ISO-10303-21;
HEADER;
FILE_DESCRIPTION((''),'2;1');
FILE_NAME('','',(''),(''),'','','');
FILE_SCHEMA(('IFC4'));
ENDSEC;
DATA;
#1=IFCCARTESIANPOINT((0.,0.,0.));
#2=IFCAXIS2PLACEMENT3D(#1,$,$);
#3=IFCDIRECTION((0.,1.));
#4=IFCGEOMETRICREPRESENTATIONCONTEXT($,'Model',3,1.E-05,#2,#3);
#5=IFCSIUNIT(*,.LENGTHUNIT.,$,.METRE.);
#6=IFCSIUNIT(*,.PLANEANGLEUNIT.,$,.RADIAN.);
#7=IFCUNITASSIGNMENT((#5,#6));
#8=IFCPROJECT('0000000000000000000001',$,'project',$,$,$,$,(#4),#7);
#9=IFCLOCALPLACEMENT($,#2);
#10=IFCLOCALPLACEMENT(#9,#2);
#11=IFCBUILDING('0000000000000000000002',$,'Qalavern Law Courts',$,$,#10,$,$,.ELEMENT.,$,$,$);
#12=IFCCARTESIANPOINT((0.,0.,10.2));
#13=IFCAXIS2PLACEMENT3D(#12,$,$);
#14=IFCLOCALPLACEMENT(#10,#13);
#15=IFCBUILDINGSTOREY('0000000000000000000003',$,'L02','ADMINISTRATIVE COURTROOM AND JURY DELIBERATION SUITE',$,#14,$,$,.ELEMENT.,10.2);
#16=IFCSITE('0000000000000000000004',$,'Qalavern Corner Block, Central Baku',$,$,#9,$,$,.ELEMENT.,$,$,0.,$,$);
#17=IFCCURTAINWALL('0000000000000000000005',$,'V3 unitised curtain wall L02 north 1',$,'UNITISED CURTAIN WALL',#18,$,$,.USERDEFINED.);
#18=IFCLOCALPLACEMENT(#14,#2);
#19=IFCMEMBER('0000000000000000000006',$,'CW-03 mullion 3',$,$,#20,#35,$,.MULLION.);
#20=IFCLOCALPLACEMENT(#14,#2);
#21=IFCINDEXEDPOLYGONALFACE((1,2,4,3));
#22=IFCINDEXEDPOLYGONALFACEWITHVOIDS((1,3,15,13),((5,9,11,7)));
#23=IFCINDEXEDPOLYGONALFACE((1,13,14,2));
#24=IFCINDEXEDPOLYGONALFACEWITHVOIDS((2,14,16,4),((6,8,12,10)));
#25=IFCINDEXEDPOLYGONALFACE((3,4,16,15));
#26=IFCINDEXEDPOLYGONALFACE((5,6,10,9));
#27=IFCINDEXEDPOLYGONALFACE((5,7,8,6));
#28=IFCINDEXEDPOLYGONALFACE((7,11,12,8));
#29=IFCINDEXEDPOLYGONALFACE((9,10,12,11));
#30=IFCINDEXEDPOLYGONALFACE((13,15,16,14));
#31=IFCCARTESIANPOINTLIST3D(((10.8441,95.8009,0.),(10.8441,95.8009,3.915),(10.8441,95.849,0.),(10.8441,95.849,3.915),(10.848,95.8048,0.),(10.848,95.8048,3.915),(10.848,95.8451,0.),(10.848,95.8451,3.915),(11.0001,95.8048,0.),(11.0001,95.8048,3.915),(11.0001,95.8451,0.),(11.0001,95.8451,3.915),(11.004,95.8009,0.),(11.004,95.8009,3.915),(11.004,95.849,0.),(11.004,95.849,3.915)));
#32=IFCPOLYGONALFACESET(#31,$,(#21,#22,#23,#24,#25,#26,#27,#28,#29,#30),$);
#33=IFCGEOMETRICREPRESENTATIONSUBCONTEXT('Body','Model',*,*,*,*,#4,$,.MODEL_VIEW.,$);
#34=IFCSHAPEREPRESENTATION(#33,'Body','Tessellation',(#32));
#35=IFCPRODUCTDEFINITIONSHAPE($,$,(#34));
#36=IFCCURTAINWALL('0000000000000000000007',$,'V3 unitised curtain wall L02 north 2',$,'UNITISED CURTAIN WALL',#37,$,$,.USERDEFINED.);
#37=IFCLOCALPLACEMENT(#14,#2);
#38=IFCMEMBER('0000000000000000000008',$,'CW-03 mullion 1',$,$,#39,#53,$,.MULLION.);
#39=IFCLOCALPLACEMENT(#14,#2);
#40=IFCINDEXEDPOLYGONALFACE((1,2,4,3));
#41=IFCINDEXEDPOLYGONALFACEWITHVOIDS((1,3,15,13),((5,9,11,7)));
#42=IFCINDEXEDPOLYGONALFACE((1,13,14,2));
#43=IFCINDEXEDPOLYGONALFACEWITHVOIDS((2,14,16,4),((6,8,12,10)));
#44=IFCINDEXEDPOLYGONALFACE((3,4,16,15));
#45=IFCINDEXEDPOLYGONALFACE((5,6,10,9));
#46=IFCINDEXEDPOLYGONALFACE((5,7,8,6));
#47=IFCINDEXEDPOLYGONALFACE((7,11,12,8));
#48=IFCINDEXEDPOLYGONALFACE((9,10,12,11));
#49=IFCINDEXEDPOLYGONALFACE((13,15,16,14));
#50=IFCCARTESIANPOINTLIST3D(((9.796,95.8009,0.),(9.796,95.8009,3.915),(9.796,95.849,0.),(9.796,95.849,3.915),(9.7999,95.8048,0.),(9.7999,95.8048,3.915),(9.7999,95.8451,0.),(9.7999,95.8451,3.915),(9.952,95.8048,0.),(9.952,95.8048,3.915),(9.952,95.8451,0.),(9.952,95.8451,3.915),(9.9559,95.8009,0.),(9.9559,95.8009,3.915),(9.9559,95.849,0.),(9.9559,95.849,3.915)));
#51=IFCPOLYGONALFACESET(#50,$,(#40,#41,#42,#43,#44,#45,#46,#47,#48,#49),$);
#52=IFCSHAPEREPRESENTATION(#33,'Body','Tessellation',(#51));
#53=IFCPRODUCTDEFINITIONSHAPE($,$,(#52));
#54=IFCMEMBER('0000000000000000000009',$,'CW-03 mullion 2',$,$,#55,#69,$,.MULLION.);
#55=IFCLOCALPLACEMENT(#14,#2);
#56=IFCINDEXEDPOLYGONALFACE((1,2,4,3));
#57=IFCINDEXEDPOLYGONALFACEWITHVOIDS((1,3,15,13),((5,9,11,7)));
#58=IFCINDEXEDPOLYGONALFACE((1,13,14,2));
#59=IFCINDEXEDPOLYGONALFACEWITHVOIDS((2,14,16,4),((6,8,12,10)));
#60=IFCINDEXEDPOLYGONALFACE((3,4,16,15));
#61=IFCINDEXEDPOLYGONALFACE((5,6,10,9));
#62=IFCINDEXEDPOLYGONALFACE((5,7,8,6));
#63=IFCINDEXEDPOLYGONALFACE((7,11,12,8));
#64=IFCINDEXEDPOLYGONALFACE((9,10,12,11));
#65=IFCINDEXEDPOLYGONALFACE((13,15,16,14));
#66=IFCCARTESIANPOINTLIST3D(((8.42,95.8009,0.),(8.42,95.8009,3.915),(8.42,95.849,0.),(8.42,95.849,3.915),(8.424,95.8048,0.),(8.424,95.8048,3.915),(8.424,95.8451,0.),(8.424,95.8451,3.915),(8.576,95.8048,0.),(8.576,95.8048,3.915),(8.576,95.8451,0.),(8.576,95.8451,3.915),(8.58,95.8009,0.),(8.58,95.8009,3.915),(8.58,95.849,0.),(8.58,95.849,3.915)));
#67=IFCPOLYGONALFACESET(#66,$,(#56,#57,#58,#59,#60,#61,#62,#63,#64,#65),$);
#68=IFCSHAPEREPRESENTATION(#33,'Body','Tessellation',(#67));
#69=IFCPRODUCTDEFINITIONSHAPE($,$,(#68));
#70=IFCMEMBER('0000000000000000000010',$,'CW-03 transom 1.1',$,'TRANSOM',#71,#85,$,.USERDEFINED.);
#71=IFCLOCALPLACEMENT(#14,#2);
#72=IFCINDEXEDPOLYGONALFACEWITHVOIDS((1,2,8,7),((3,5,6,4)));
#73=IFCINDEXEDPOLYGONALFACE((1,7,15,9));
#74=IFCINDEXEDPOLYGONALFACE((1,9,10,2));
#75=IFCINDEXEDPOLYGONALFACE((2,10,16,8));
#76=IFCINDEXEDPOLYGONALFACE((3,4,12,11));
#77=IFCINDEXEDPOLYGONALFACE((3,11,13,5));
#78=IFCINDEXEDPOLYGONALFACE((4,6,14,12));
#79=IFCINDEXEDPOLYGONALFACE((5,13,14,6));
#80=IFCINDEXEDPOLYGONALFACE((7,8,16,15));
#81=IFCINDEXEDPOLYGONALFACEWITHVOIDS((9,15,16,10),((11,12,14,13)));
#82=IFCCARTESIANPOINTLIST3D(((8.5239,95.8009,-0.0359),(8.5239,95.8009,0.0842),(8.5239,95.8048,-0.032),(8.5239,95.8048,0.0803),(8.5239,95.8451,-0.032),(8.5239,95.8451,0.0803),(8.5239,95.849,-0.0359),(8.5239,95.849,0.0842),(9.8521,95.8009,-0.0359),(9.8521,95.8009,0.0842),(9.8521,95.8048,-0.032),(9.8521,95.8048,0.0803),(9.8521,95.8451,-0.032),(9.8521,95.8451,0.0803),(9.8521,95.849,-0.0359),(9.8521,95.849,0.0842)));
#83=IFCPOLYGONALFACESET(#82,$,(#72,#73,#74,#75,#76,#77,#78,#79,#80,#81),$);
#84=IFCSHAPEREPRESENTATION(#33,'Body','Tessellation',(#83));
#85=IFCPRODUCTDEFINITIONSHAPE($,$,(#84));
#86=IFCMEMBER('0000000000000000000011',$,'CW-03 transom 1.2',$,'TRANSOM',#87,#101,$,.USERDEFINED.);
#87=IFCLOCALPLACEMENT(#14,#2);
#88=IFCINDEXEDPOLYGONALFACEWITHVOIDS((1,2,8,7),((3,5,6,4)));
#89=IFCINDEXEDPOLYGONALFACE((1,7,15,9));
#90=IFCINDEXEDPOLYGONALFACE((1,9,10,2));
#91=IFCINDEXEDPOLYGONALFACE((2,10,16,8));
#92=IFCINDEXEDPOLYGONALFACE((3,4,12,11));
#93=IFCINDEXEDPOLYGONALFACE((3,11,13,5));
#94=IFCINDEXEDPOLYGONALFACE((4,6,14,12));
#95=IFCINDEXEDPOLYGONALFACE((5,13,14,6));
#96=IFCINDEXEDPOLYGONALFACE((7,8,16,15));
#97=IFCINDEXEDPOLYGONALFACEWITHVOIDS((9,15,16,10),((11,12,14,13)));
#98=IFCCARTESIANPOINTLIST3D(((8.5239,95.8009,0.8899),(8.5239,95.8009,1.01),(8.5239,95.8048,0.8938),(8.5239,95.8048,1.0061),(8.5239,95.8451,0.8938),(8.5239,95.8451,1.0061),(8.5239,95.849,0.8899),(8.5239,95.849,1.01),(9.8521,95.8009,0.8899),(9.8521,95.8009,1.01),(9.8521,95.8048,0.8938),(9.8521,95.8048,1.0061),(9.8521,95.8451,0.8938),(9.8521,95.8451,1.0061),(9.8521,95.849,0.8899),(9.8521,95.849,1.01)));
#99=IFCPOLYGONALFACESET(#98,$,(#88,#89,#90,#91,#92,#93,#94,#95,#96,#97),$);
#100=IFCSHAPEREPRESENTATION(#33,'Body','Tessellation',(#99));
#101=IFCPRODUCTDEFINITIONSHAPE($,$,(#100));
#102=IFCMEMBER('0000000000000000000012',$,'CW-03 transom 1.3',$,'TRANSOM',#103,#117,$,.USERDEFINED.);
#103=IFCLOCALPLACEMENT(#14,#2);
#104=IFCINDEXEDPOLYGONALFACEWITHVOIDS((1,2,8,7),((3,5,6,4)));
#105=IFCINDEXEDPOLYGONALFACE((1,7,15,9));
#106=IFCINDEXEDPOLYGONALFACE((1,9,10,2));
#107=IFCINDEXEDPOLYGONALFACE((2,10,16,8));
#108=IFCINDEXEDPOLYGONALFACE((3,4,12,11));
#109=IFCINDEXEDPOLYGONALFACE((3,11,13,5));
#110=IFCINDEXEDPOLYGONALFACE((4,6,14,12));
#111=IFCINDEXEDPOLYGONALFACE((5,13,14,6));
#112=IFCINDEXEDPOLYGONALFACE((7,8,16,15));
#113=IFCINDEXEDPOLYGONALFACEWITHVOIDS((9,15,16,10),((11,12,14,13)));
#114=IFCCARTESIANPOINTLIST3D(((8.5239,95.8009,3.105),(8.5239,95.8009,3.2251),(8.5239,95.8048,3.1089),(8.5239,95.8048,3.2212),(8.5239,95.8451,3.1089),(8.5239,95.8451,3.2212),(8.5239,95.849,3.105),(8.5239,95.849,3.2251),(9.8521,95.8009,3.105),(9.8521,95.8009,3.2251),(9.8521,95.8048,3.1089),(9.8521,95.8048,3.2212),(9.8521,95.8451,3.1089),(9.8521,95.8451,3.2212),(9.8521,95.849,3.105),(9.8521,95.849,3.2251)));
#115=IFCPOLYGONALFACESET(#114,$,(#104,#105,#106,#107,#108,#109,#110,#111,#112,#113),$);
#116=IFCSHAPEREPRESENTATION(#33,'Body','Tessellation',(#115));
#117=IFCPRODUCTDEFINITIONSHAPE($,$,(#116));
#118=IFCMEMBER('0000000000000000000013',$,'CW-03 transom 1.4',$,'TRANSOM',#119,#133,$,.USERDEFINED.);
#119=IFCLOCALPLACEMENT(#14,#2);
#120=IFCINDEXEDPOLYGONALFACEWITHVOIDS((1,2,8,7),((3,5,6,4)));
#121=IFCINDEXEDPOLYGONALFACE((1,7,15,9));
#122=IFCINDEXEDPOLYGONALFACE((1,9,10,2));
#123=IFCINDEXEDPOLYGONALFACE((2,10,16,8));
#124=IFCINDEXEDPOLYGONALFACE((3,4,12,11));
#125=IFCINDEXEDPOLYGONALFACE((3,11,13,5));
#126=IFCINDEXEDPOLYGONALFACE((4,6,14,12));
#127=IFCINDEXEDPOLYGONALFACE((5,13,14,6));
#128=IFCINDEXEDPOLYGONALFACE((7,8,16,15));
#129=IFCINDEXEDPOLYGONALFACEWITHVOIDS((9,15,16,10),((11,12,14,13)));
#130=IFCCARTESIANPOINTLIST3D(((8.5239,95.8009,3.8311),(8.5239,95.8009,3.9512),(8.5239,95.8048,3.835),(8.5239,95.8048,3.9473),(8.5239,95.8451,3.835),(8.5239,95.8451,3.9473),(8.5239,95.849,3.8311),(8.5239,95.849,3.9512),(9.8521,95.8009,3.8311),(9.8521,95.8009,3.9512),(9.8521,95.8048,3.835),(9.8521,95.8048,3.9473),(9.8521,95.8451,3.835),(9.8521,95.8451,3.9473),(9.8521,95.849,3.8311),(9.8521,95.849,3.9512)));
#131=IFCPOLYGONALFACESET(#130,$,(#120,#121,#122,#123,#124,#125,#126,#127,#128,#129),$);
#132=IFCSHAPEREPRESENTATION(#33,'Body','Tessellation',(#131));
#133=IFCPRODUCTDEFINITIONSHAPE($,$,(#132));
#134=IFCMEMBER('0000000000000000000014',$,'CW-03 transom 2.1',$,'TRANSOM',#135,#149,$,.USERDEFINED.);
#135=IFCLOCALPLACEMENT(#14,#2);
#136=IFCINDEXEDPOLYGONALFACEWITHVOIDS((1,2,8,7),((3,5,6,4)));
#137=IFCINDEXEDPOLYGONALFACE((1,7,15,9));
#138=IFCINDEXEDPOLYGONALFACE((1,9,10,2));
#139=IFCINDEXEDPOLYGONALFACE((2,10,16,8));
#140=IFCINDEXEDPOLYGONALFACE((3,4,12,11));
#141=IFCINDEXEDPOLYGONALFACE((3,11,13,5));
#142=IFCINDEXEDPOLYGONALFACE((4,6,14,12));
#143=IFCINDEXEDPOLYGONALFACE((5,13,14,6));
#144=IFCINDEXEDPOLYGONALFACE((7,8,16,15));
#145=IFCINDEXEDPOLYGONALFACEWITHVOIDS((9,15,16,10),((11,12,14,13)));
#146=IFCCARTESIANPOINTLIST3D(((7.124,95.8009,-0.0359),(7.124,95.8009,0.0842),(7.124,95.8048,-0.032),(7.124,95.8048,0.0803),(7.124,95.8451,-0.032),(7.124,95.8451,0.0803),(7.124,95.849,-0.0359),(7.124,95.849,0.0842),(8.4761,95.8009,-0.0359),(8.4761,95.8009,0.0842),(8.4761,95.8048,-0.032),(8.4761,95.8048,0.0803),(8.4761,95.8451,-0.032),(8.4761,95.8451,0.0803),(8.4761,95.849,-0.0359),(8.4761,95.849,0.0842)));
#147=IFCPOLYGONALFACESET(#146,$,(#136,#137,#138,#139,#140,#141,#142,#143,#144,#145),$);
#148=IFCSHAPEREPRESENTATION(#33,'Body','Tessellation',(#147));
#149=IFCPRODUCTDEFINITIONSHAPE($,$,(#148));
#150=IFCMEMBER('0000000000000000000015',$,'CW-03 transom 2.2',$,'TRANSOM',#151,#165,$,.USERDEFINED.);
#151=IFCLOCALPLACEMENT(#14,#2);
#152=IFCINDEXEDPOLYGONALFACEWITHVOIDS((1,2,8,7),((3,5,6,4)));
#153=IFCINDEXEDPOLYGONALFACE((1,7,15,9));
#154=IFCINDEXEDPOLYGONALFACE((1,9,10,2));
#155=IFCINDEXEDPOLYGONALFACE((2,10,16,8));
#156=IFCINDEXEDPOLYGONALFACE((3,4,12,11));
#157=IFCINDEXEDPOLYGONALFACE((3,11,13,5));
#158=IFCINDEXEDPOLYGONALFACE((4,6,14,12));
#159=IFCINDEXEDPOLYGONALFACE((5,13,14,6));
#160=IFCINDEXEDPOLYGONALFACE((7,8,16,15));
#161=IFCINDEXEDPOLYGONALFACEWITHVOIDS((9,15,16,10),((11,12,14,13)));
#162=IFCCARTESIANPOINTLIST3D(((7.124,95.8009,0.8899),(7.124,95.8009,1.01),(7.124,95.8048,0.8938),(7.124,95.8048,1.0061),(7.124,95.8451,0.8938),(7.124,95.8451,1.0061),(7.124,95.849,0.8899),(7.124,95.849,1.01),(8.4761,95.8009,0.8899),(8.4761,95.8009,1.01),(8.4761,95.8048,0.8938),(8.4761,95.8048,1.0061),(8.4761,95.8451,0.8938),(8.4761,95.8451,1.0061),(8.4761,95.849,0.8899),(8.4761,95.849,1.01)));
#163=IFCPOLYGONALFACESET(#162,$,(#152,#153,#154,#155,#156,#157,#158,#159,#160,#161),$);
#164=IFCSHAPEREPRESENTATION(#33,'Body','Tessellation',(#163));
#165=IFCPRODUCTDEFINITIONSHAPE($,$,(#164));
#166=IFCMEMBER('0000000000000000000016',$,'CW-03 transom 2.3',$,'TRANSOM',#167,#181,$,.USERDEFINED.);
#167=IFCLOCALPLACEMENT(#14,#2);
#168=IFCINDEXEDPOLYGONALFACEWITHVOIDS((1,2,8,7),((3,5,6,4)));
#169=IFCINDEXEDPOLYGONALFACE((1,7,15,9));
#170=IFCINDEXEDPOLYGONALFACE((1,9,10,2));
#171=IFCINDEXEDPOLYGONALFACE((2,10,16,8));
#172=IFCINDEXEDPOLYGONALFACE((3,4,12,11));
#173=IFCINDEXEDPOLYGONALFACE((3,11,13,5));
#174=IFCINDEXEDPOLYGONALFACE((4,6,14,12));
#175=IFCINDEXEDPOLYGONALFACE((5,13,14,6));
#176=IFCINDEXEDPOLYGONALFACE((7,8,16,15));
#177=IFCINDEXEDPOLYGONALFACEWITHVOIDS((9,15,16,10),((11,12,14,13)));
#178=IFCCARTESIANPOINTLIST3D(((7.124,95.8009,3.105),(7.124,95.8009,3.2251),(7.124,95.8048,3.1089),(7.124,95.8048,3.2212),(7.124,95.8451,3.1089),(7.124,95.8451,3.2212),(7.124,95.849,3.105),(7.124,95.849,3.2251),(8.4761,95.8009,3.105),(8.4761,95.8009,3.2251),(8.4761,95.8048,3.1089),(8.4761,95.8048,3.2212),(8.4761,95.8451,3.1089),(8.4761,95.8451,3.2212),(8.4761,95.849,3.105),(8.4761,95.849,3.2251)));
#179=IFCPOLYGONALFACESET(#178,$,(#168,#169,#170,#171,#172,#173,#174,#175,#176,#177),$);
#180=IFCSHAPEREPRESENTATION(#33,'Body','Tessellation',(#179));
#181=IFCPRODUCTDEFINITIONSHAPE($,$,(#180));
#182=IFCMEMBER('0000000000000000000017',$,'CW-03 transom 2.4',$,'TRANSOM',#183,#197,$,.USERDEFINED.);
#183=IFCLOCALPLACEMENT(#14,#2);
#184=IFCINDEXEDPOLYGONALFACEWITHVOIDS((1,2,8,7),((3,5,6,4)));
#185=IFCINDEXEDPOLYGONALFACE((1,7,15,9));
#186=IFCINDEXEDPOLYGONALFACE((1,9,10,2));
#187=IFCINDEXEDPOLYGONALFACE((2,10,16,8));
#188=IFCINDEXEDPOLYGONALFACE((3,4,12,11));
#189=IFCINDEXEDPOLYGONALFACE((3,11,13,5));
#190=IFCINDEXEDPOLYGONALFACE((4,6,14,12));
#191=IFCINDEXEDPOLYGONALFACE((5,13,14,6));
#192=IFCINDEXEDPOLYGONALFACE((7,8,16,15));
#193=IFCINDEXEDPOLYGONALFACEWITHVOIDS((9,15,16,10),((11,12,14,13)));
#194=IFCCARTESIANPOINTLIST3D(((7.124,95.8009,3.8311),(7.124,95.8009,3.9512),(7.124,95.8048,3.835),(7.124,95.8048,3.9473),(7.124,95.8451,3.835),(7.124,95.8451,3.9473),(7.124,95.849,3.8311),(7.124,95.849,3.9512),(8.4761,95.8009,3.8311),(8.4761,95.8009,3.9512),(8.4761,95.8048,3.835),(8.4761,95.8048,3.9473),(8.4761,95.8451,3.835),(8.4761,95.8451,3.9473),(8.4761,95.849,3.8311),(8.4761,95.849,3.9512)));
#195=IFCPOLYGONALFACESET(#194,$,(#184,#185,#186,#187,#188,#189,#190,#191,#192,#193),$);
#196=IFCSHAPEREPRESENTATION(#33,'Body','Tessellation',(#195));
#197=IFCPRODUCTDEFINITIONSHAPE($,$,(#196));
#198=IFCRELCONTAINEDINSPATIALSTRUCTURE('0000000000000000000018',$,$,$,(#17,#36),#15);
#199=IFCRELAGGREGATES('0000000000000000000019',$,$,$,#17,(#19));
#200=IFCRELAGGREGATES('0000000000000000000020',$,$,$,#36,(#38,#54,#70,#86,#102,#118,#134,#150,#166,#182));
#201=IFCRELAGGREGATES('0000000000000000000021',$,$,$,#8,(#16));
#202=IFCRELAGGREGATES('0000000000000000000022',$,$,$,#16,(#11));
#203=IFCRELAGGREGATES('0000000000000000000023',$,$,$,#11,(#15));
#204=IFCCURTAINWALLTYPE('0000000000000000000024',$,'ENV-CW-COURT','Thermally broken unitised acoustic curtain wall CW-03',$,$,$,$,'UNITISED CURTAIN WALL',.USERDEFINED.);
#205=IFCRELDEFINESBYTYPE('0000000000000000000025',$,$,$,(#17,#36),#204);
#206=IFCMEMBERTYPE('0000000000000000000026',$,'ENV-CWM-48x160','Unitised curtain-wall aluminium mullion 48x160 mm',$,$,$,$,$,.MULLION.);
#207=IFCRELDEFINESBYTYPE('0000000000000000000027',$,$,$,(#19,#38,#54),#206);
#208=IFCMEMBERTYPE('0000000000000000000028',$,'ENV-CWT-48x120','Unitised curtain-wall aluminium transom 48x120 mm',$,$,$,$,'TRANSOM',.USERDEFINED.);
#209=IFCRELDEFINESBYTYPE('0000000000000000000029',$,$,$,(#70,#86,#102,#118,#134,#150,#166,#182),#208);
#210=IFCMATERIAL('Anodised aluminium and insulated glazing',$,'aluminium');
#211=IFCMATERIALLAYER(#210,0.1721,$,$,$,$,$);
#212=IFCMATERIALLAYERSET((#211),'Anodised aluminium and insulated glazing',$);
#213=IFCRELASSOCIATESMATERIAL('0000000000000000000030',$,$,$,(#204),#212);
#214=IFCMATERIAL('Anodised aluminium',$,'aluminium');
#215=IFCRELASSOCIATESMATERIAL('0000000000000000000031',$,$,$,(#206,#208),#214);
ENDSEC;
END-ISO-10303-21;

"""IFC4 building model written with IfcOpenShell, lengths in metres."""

from ifc_helpers import new_model, si_unit, direction, frame, origin, origin_2d, place, context, subcontext, project, spatial, hollow_rectangle, extrude, material, layer, layer_set, material_profile, profile_set, type_object, element, aggregate, save


model = new_model("IFC4")

# Units and contexts
model_context = context("Model", 3, precision=1e-05, world=origin(), true_north=direction((0.0, 1.0)))
body_context = subcontext(model_context, "Body", "Model", "MODEL_VIEW")
ifc_project = project(units=[si_unit("LENGTHUNIT", "METRE"), si_unit("PLANEANGLEUNIT", "RADIAN")], contexts=[model_context])

# Site, building, storey
site_placement = place(None, origin())
site = spatial("IfcSite", under=ifc_project, at=site_placement, Name="Qalavern Corner Block, Central Baku", CompositionType="ELEMENT", RefElevation=0.0)
building_placement = place(site_placement, origin())
building = spatial("IfcBuilding", under=site, at=building_placement, Name="Qalavern Law Courts", CompositionType="ELEMENT")
storey_placement = place(building_placement, frame((0.0, 0.0, 10.2)))
storey = spatial("IfcBuildingStorey", under=building, at=storey_placement, Name="L02", Description="ADMINISTRATIVE COURTROOM AND JURY DELIBERATION SUITE", CompositionType="ELEMENT", Elevation=10.2)

# Curtain wall, member
ifc_material_1 = material(Name="Anodised aluminium and insulated glazing", Category="aluminium")
ifc_layer_1 = layer(ifc_material_1, 0.1721)
ifc_layer_set_1 = layer_set([ifc_layer_1], Name="Anodised aluminium and insulated glazing")
curtain_wall_type_1 = type_object("IfcCurtainWallType", Name="ENV-CW-COURT", Description="Thermally broken unitised acoustic curtain wall CW-03", ElementType="UNITISED CURTAIN WALL", PredefinedType="USERDEFINED", material=ifc_layer_set_1)
curtain_wall_1_placement = place(storey_placement, origin())
curtain_wall_1 = element("IfcCurtainWall", 1, at=curtain_wall_1_placement, inside=storey, type_object=curtain_wall_type_1, Name="V3 unitised curtain wall L02 north 1", ObjectType="UNITISED CURTAIN WALL", PredefinedType="USERDEFINED")
ifc_material_2 = material(Name="Anodised aluminium", Category="aluminium")
ifc_material_profile_1 = material_profile(ifc_material_2, hollow_rectangle(XDim=0.0481, YDim=0.1599, WallThickness=0.0039, at=origin_2d()), Name="ALU MULLION 48x160")
ifc_profile_set_1 = profile_set([ifc_material_profile_1], Name="Anodised aluminium")
member_type_1 = type_object("IfcMemberType", Name="ENV-CWM-48x160", Description="Unitised curtain-wall aluminium mullion 48x160 mm", PredefinedType="MULLION", material=ifc_profile_set_1)
member_1_placement = place(storey_placement, frame((10.9241, 95.825, 0.0), z_axis=(0.0, 0.0, 1.0), x_axis=(0.0, -1.0, 0.0)))
member_1 = element("IfcMember", 2, at=member_1_placement, type_object=member_type_1, Name="CW-03 mullion 3", PredefinedType="MULLION", context=body_context, shape_type="SweptSolid", body=[
    extrude(hollow_rectangle(XDim=0.0481, YDim=0.1599, WallThickness=0.0039, at=origin_2d()), origin(), (0.0, 0.0, 1.0), 3.915),
])
aggregate(curtain_wall_1, [member_1])

# Curtain wall, members
curtain_wall_2_placement = place(storey_placement, origin())
curtain_wall_2 = element("IfcCurtainWall", 3, at=curtain_wall_2_placement, inside=storey, type_object=curtain_wall_type_1, Name="V3 unitised curtain wall L02 north 2", ObjectType="UNITISED CURTAIN WALL", PredefinedType="USERDEFINED")
member_2_placement = place(storey_placement, frame((9.876, 95.825, 0.0), z_axis=(0.0, 0.0, 1.0), x_axis=(0.0, -1.0, 0.0)))
member_2 = element("IfcMember", 4, at=member_2_placement, type_object=member_type_1, Name="CW-03 mullion 1", PredefinedType="MULLION", context=body_context, shape_type="SweptSolid", body=[
    extrude(hollow_rectangle(XDim=0.0481, YDim=0.1599, WallThickness=0.0039, at=origin_2d()), origin(), (0.0, 0.0, 1.0), 3.915),
])
member_3_placement = place(storey_placement, frame((8.5, 95.825, 0.0), z_axis=(0.0, 0.0, 1.0), x_axis=(0.0, -1.0, 0.0)))
member_3 = element("IfcMember", 5, at=member_3_placement, type_object=member_type_1, Name="CW-03 mullion 2", PredefinedType="MULLION", context=body_context, shape_type="SweptSolid", body=[
    extrude(hollow_rectangle(XDim=0.0481, YDim=0.1599, WallThickness=0.0039, at=origin_2d()), origin(), (0.0, 0.0, 1.0), 3.915),
])
ifc_material_profile_2 = material_profile(ifc_material_2, hollow_rectangle(XDim=0.0481, YDim=0.1201, WallThickness=0.0039, at=origin_2d()), Name="ALU TRANSOM 48x120")
ifc_profile_set_2 = profile_set([ifc_material_profile_2], Name="Anodised aluminium")
member_type_2 = type_object("IfcMemberType", Name="ENV-CWT-48x120", Description="Unitised curtain-wall aluminium transom 48x120 mm", ElementType="TRANSOM", PredefinedType="USERDEFINED", material=ifc_profile_set_2)
member_4_placement = place(storey_placement, frame((9.8521, 95.825, 0.0242), z_axis=(-1.0, 0.0, 0.0), x_axis=(0.0, -1.0, 0.0)))
member_4 = element("IfcMember", 6, at=member_4_placement, type_object=member_type_2, Name="CW-03 transom 1.1", ObjectType="TRANSOM", PredefinedType="USERDEFINED", context=body_context, shape_type="SweptSolid", body=[
    extrude(hollow_rectangle(XDim=0.0481, YDim=0.1201, WallThickness=0.0039, at=origin_2d()), origin(), (0.0, 0.0, 1.0), 1.3281),
])
member_5_placement = place(storey_placement, frame((9.8521, 95.825, 0.95), z_axis=(-1.0, 0.0, 0.0), x_axis=(0.0, -1.0, 0.0)))
member_5 = element("IfcMember", 7, at=member_5_placement, type_object=member_type_2, Name="CW-03 transom 1.2", ObjectType="TRANSOM", PredefinedType="USERDEFINED", context=body_context, shape_type="SweptSolid", body=[
    extrude(hollow_rectangle(XDim=0.0481, YDim=0.1201, WallThickness=0.0039, at=origin_2d()), origin(), (0.0, 0.0, 1.0), 1.3281),
])
member_6_placement = place(storey_placement, frame((9.8521, 95.825, 3.165), z_axis=(-1.0, 0.0, 0.0), x_axis=(0.0, -1.0, 0.0)))
member_6 = element("IfcMember", 8, at=member_6_placement, type_object=member_type_2, Name="CW-03 transom 1.3", ObjectType="TRANSOM", PredefinedType="USERDEFINED", context=body_context, shape_type="SweptSolid", body=[
    extrude(hollow_rectangle(XDim=0.0481, YDim=0.1201, WallThickness=0.0039, at=origin_2d()), origin(), (0.0, 0.0, 1.0), 1.3281),
])
member_7_placement = place(storey_placement, frame((9.8521, 95.825, 3.8911), z_axis=(-1.0, 0.0, 0.0), x_axis=(0.0, -1.0, 0.0)))
member_7 = element("IfcMember", 9, at=member_7_placement, type_object=member_type_2, Name="CW-03 transom 1.4", ObjectType="TRANSOM", PredefinedType="USERDEFINED", context=body_context, shape_type="SweptSolid", body=[
    extrude(hollow_rectangle(XDim=0.0481, YDim=0.1201, WallThickness=0.0039, at=origin_2d()), origin(), (0.0, 0.0, 1.0), 1.3281),
])
member_8_placement = place(storey_placement, frame((8.4761, 95.825, 0.0242), z_axis=(-1.0, 0.0, 0.0), x_axis=(0.0, -1.0, 0.0)))
member_8 = element("IfcMember", 10, at=member_8_placement, type_object=member_type_2, Name="CW-03 transom 2.1", ObjectType="TRANSOM", PredefinedType="USERDEFINED", context=body_context, shape_type="SweptSolid", body=[
    extrude(hollow_rectangle(XDim=0.0481, YDim=0.1201, WallThickness=0.0039, at=origin_2d()), origin(), (0.0, 0.0, 1.0), 1.3521),
])
member_9_placement = place(storey_placement, frame((8.4761, 95.825, 0.95), z_axis=(-1.0, 0.0, 0.0), x_axis=(0.0, -1.0, 0.0)))
member_9 = element("IfcMember", 11, at=member_9_placement, type_object=member_type_2, Name="CW-03 transom 2.2", ObjectType="TRANSOM", PredefinedType="USERDEFINED", context=body_context, shape_type="SweptSolid", body=[
    extrude(hollow_rectangle(XDim=0.0481, YDim=0.1201, WallThickness=0.0039, at=origin_2d()), origin(), (0.0, 0.0, 1.0), 1.3521),
])
member_10_placement = place(storey_placement, frame((8.4761, 95.825, 3.165), z_axis=(-1.0, 0.0, 0.0), x_axis=(0.0, -1.0, 0.0)))
member_10 = element("IfcMember", 12, at=member_10_placement, type_object=member_type_2, Name="CW-03 transom 2.3", ObjectType="TRANSOM", PredefinedType="USERDEFINED", context=body_context, shape_type="SweptSolid", body=[
    extrude(hollow_rectangle(XDim=0.0481, YDim=0.1201, WallThickness=0.0039, at=origin_2d()), origin(), (0.0, 0.0, 1.0), 1.3521),
])
member_11_placement = place(storey_placement, frame((8.4761, 95.825, 3.8911), z_axis=(-1.0, 0.0, 0.0), x_axis=(0.0, -1.0, 0.0)))
member_11 = element("IfcMember", 13, at=member_11_placement, type_object=member_type_2, Name="CW-03 transom 2.4", ObjectType="TRANSOM", PredefinedType="USERDEFINED", context=body_context, shape_type="SweptSolid", body=[
    extrude(hollow_rectangle(XDim=0.0481, YDim=0.1201, WallThickness=0.0039, at=origin_2d()), origin(), (0.0, 0.0, 1.0), 1.3521),
])

aggregate(curtain_wall_2, [member_2, member_3, member_4, member_5, member_6, member_7, member_8, member_9, member_10, member_11])

save(model, "model.ifc")
